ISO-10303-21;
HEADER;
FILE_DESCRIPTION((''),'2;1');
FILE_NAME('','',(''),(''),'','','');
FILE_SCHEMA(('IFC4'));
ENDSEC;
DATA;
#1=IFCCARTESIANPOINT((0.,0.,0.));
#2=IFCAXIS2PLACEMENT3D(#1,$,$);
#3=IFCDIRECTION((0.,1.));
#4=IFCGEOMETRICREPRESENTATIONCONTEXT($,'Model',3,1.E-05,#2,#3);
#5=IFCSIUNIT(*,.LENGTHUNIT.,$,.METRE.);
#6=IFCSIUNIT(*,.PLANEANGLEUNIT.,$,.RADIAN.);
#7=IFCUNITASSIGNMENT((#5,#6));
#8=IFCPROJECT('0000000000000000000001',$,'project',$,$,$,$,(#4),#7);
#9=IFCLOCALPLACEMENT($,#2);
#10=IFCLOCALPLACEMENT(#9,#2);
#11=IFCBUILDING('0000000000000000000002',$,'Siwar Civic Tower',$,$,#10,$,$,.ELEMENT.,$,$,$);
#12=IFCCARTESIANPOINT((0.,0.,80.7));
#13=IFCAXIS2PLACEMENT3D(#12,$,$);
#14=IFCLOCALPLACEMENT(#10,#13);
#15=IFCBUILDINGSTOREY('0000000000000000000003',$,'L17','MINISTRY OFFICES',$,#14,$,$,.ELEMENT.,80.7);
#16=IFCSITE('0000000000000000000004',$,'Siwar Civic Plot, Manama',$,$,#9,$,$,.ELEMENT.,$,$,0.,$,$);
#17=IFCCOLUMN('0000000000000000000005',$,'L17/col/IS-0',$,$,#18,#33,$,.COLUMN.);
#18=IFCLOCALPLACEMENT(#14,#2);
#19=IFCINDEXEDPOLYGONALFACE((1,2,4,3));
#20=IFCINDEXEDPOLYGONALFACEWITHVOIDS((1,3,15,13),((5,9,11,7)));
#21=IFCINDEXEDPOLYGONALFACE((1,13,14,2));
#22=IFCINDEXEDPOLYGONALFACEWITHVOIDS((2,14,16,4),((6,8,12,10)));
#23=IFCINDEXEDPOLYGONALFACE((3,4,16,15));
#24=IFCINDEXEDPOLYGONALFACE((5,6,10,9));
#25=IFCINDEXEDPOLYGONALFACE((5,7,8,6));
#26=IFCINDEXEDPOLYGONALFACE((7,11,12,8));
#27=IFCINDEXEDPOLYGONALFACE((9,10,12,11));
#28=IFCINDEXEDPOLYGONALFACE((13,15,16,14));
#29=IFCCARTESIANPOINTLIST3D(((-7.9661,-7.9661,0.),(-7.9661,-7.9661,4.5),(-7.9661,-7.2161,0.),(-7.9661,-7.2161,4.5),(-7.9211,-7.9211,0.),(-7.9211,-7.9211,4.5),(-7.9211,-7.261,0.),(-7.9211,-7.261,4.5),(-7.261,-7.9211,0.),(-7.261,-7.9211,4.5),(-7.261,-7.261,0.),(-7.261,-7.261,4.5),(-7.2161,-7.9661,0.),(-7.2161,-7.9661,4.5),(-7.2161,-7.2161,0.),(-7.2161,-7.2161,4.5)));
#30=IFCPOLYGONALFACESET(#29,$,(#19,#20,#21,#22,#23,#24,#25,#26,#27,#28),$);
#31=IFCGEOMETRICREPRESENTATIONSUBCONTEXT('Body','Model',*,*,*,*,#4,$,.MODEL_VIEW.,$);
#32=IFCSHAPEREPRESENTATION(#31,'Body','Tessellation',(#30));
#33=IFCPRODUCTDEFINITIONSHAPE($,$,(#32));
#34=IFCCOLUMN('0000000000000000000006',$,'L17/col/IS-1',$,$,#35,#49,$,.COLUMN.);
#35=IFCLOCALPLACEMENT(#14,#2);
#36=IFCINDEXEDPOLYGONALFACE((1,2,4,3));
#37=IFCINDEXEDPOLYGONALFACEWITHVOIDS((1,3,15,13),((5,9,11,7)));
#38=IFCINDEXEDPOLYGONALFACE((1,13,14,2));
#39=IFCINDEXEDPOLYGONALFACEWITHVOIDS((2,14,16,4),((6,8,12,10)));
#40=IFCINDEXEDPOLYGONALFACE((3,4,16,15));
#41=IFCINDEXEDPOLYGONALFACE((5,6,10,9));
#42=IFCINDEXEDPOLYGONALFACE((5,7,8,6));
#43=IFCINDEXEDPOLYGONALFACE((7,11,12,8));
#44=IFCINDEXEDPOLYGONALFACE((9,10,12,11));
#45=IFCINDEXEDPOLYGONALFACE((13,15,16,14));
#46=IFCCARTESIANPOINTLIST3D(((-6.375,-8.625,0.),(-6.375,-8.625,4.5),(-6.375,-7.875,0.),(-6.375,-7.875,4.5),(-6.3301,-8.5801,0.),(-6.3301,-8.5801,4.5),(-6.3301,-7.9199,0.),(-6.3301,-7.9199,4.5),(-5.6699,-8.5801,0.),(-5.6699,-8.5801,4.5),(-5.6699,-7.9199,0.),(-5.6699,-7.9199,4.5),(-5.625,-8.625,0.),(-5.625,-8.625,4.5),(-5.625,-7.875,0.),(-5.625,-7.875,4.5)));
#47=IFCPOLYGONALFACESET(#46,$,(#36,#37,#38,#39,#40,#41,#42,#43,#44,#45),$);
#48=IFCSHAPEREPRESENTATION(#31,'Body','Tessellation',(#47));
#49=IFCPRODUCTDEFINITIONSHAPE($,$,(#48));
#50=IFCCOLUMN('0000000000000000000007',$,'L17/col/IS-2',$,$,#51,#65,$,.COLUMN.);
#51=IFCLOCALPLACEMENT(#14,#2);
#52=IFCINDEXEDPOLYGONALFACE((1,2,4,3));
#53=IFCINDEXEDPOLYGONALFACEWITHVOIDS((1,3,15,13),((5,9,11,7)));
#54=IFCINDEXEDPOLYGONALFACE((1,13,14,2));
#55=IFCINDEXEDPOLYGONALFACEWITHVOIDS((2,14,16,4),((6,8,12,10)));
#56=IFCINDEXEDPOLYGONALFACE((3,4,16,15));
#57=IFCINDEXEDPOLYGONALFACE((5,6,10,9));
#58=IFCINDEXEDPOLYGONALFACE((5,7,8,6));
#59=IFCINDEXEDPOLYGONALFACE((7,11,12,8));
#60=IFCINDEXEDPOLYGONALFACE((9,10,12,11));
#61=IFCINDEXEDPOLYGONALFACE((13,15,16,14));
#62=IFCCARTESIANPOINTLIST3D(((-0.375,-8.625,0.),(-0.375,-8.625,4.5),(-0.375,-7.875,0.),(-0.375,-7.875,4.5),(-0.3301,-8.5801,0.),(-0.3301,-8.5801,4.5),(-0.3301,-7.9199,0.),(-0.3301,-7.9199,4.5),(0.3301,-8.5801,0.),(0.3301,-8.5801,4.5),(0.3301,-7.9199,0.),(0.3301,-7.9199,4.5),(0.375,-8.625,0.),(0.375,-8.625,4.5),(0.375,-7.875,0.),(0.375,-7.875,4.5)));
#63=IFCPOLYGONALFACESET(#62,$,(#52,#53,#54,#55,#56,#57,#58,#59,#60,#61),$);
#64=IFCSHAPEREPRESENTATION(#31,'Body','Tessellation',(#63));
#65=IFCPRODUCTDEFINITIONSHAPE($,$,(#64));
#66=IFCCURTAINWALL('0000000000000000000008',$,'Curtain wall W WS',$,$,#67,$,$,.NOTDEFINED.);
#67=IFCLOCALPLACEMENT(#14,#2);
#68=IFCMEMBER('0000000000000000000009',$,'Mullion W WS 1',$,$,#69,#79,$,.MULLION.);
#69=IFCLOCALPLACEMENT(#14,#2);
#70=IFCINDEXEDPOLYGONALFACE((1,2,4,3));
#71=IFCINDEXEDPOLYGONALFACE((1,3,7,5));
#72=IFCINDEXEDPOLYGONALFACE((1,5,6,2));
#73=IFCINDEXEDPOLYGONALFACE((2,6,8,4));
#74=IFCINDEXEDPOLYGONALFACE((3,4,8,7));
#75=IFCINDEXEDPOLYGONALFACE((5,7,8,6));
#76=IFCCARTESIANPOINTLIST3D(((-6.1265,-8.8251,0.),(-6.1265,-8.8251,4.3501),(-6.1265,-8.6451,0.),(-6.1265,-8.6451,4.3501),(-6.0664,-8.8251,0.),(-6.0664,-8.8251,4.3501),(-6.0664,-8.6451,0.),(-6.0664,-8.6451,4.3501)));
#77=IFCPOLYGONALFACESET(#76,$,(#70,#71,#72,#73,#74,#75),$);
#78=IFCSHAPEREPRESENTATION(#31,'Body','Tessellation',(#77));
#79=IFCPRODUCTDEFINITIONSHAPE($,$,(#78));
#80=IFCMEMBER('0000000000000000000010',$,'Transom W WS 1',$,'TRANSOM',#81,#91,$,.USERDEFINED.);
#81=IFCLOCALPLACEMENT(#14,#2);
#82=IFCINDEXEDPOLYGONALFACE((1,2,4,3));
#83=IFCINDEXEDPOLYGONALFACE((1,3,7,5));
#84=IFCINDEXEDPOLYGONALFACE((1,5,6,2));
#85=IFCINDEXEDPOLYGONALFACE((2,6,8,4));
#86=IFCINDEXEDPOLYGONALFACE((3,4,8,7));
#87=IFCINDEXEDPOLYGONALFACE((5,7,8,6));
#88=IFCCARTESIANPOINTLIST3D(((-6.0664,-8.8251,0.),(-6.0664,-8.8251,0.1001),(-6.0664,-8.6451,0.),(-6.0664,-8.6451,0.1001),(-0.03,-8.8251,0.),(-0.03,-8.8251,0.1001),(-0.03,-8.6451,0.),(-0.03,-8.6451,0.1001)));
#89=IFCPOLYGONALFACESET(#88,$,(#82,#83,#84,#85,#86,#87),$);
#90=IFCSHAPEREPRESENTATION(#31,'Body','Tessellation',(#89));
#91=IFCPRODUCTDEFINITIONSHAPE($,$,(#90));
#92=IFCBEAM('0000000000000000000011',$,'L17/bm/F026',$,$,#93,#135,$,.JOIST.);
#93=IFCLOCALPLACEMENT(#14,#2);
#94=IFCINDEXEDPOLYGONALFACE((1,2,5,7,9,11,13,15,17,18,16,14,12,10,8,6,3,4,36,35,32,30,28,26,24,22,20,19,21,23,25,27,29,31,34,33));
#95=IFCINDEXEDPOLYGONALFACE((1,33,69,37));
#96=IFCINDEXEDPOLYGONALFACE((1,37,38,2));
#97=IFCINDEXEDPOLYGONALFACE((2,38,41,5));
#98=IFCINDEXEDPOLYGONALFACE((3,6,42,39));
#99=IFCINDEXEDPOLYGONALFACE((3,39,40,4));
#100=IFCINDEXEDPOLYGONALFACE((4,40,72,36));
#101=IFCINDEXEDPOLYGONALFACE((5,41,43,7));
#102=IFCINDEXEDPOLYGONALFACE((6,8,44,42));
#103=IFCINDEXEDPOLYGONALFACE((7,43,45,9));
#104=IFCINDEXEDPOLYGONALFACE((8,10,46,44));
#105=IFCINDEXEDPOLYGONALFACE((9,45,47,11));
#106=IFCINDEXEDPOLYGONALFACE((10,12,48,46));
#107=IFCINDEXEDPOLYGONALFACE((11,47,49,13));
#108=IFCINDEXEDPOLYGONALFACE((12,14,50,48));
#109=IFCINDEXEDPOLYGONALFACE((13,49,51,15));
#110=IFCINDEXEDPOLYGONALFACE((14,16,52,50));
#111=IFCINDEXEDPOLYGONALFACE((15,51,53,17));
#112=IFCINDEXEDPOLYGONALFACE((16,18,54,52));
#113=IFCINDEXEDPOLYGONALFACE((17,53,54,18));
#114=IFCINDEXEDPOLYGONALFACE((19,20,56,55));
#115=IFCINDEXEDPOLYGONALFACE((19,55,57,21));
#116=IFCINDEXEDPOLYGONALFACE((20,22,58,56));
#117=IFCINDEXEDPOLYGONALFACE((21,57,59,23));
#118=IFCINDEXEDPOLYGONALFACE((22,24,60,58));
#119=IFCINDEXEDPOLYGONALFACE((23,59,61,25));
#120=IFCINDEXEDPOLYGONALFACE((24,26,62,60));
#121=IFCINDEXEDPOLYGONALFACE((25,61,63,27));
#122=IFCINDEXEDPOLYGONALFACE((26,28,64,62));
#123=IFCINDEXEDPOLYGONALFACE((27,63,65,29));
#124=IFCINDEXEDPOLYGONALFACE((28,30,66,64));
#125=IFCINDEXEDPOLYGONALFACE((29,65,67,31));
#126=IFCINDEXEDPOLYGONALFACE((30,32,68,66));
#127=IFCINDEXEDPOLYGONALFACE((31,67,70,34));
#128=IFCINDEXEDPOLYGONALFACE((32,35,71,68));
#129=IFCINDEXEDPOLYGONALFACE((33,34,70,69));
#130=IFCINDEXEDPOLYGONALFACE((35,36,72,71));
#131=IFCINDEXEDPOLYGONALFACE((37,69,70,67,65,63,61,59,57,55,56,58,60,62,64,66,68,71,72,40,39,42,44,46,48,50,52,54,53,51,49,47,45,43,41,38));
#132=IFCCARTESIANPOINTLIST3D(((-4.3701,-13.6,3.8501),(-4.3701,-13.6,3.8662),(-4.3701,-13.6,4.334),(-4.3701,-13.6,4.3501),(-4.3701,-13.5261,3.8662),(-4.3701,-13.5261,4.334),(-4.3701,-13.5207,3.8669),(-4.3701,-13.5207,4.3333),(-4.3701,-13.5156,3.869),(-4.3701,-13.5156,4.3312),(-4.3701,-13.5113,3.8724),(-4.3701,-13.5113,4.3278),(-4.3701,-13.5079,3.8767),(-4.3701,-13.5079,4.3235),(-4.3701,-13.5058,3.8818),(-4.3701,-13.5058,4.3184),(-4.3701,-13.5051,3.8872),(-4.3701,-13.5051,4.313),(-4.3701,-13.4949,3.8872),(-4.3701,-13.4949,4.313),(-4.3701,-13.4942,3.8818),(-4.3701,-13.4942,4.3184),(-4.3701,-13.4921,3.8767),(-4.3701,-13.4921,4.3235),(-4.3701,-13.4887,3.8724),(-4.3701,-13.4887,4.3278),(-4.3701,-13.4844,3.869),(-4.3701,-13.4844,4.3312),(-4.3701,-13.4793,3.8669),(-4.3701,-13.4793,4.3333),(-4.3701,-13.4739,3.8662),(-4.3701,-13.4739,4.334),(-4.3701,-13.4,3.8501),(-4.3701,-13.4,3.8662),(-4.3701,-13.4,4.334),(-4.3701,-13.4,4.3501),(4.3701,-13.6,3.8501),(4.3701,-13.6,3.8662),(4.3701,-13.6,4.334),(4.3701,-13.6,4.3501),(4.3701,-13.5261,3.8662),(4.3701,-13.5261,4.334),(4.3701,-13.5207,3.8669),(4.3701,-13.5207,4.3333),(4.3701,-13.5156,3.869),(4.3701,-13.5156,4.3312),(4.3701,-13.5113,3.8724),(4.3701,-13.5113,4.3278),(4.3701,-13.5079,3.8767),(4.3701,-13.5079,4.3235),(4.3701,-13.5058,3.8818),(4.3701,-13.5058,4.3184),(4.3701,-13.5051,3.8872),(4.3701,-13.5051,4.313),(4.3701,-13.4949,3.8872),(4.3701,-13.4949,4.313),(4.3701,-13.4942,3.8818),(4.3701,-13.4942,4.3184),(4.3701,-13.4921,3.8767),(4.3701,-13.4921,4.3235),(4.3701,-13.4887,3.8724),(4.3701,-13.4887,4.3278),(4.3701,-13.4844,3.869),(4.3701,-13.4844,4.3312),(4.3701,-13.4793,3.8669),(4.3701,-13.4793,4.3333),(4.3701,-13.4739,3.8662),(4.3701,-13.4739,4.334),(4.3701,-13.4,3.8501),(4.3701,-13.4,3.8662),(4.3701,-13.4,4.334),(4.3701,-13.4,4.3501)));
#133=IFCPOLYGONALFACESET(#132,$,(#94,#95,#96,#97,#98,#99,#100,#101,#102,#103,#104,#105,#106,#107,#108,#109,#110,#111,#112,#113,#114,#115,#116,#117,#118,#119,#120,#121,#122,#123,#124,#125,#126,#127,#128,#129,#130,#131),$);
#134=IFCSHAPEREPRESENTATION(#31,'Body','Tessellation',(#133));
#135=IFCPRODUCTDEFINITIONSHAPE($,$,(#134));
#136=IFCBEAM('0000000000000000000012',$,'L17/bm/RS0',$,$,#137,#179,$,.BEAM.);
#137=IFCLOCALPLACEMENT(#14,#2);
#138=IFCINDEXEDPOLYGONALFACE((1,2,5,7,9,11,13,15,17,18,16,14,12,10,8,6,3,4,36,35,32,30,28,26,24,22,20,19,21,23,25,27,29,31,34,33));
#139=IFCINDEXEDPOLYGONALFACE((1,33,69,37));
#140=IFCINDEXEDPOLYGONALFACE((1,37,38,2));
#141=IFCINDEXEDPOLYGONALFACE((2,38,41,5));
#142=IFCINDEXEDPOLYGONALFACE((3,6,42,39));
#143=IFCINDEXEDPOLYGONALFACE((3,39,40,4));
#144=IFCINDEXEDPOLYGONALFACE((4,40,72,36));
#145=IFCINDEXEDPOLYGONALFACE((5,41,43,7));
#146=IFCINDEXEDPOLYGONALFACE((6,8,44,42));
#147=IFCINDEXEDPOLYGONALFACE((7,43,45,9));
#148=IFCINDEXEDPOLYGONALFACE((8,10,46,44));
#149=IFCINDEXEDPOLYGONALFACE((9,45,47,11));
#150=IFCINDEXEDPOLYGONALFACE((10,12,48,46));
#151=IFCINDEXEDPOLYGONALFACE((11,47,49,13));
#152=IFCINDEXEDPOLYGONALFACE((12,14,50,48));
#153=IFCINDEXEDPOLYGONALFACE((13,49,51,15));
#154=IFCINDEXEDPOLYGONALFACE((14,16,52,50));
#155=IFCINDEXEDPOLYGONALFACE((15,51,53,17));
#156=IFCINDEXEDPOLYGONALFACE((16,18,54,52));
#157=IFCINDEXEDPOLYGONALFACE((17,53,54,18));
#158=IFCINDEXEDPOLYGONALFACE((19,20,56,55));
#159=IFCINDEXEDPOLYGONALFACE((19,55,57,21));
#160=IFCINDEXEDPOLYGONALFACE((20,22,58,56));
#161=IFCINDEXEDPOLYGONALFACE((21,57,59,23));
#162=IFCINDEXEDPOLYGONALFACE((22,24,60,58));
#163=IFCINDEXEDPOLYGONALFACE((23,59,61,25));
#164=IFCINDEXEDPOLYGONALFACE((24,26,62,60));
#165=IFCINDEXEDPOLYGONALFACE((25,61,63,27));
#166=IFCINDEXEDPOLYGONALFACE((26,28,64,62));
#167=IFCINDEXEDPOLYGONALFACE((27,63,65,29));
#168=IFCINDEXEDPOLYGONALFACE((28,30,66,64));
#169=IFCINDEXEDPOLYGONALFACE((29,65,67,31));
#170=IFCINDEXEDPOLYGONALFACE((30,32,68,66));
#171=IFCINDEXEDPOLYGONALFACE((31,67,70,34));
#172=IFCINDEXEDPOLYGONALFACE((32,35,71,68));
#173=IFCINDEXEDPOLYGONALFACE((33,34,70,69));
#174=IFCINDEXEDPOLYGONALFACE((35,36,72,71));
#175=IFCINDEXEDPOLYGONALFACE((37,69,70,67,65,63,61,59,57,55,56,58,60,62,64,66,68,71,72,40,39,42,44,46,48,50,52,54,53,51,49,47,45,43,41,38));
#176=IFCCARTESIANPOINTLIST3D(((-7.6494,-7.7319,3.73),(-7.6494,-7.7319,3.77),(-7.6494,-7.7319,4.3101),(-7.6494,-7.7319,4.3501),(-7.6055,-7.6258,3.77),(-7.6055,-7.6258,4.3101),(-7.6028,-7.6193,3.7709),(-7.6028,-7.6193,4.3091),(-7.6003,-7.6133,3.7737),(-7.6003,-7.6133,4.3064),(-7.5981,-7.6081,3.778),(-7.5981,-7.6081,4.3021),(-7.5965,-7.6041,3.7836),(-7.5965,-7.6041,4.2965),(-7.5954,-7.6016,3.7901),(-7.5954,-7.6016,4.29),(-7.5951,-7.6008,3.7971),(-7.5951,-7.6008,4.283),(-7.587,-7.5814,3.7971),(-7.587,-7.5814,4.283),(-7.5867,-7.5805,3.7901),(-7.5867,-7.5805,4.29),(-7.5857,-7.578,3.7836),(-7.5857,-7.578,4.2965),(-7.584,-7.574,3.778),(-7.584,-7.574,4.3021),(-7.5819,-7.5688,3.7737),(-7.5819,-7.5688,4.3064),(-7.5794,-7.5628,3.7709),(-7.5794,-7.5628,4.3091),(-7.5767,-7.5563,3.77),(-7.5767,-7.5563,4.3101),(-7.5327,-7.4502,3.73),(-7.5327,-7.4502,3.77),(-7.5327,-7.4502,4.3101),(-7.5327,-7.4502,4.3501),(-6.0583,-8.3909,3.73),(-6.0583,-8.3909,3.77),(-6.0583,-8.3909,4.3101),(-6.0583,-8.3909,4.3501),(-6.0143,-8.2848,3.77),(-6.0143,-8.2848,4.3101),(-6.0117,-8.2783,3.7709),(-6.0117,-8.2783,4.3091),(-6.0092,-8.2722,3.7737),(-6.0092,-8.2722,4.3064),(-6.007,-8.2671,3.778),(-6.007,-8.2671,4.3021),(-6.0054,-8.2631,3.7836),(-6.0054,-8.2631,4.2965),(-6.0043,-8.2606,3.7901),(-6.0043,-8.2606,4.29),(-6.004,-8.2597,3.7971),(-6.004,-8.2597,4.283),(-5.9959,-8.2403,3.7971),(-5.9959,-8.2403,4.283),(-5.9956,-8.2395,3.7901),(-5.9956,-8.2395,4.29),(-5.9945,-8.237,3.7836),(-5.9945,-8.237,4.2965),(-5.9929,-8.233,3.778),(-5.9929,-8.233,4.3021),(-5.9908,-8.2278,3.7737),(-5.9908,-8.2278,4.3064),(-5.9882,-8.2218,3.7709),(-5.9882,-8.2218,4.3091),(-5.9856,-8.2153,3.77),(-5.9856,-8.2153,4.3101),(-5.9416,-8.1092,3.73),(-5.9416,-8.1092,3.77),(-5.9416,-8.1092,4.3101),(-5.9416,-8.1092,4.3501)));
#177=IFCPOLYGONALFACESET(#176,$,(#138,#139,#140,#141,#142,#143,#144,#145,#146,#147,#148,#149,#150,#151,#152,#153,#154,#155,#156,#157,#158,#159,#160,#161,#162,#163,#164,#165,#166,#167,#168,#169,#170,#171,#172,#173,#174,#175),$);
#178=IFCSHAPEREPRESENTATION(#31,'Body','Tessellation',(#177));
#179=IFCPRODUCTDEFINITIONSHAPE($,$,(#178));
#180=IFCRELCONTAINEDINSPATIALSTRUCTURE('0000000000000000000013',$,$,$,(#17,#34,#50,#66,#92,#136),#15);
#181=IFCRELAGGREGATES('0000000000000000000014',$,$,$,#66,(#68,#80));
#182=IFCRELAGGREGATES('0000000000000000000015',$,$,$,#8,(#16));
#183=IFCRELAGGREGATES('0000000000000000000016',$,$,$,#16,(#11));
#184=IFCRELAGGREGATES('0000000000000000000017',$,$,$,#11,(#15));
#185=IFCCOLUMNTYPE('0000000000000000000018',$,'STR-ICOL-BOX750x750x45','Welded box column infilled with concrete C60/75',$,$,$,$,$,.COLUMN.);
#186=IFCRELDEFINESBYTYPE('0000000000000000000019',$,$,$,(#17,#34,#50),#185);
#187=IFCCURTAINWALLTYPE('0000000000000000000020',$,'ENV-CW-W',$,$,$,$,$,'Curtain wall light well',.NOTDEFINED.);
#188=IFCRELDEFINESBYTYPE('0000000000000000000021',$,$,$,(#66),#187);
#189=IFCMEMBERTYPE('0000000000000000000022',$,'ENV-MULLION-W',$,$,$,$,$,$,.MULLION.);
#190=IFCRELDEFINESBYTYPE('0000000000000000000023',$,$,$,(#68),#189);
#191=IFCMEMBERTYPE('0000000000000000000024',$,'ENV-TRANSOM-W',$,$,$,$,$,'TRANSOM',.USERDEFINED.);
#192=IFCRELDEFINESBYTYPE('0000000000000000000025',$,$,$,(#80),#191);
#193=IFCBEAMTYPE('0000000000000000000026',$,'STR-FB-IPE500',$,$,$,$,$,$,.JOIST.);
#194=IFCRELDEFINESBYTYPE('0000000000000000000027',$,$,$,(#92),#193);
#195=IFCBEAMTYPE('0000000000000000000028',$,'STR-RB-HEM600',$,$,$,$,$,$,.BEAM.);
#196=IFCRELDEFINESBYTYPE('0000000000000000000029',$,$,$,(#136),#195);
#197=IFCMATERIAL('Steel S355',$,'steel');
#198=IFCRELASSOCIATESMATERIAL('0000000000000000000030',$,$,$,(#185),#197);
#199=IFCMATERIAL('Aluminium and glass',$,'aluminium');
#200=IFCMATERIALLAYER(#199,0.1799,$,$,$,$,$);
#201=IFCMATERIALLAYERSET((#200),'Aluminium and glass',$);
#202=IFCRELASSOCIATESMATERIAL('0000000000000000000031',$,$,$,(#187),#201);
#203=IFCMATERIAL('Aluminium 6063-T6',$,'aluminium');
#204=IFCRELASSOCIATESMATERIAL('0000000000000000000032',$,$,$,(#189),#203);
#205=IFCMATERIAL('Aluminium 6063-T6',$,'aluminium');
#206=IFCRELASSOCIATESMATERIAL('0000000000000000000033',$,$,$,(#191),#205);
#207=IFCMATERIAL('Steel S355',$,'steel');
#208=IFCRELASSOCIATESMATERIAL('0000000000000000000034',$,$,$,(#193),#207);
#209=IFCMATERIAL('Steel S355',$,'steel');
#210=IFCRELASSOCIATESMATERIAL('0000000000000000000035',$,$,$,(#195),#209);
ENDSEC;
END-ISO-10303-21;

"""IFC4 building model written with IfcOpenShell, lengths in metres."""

from ifc_helpers import new_model, si_unit, direction, frame, origin, origin_2d, place, context, subcontext, project, spatial, rectangle, hollow_rectangle, i_section, extrude, material, layer, layer_set, material_profile, profile_set, type_object, element, aggregate, save


model = new_model("IFC4")

# Units and contexts
model_context = context("Model", 3, precision=1e-05, world=origin(), true_north=direction((0.0, 1.0)))
body_context = subcontext(model_context, "Body", "Model", "MODEL_VIEW")
ifc_project = project(units=[si_unit("LENGTHUNIT", "METRE"), si_unit("PLANEANGLEUNIT", "RADIAN")], contexts=[model_context])

# Site, building, storey
site_placement = place(None, origin())
site = spatial("IfcSite", under=ifc_project, at=site_placement, Name="Siwar Civic Plot, Manama", CompositionType="ELEMENT", RefElevation=0.0)
building_placement = place(site_placement, origin())
building = spatial("IfcBuilding", under=site, at=building_placement, Name="Siwar Civic Tower", CompositionType="ELEMENT")
storey_placement = place(building_placement, frame((0.0, 0.0, 80.7)))
storey = spatial("IfcBuildingStorey", under=building, at=storey_placement, Name="L17", Description="MINISTRY OFFICES", CompositionType="ELEMENT", Elevation=80.7)

# Columns
ifc_material_1 = material(Name="Steel S355", Category="steel")
ifc_material_profile_1 = material_profile(ifc_material_1, hollow_rectangle(XDim=0.75, YDim=0.75, WallThickness=0.0449, at=origin_2d()), Name="BOX750x750x45")
ifc_profile_set_1 = profile_set([ifc_material_profile_1], Name="Steel S355")
column_type = type_object("IfcColumnType", Name="STR-ICOL-BOX750x750x45", Description="Welded box column infilled with concrete C60/75", PredefinedType="COLUMN", material=ifc_profile_set_1)
for number, where, z_axis, x_axis, name in (
    (1, (-7.5911, -7.5911, 0.0), (0.0, 0.0, 1.0), (1.0, 0.0, 0.0), "L17/col/IS-0"),
    (2, (-6.0, -8.25, 0.0), (0.0, 0.0, 1.0), (1.0, 0.0, 0.0), "L17/col/IS-1"),
    (3, (0.0, -8.25, 0.0), (0.0, 0.0, 1.0), (1.0, 0.0, 0.0), "L17/col/IS-2"),
):
    element("IfcColumn", number, at=place(storey_placement, frame(where, z_axis=z_axis, x_axis=x_axis)), inside=storey, type_object=column_type, Name=name, PredefinedType="COLUMN", context=body_context, shape_type="SweptSolid", body=[
        extrude(hollow_rectangle(XDim=0.75, YDim=0.75, WallThickness=0.0449, at=origin_2d()), origin(), (0.0, 0.0, 1.0), 4.5),
    ])

# Curtain wall, members
ifc_material_2 = material(Name="Aluminium and glass", Category="aluminium")
ifc_layer_1 = layer(ifc_material_2, 0.1799)
ifc_layer_set_1 = layer_set([ifc_layer_1], Name="Aluminium and glass")
curtain_wall_type = type_object("IfcCurtainWallType", Name="ENV-CW-W", ElementType="Curtain wall light well", PredefinedType="NOTDEFINED", material=ifc_layer_set_1)
curtain_wall_placement = place(storey_placement, origin())
curtain_wall = element("IfcCurtainWall", 4, at=curtain_wall_placement, inside=storey, type_object=curtain_wall_type, Name="Curtain wall W WS", PredefinedType="NOTDEFINED")
ifc_material_3 = material(Name="Aluminium 6063-T6", Category="aluminium")
ifc_material_profile_2 = material_profile(ifc_material_3, rectangle(XDim=0.1799, YDim=0.0601, at=origin_2d()), Name="AL 180x60")
ifc_profile_set_2 = profile_set([ifc_material_profile_2], Name="Aluminium 6063-T6")
member_type_1 = type_object("IfcMemberType", Name="ENV-MULLION-W", PredefinedType="MULLION", material=ifc_profile_set_2)
member_1_placement = place(storey_placement, frame((-6.0964, -8.7351, 0.0), z_axis=(0.0, 0.0, 1.0), x_axis=(0.0, 1.0, 0.0)))
member_1 = element("IfcMember", 5, at=member_1_placement, type_object=member_type_1, Name="Mullion W WS 1", PredefinedType="MULLION", context=body_context, shape_type="SweptSolid", body=[
    extrude(rectangle(XDim=0.1799, YDim=0.0601, at=origin_2d()), origin(), (0.0, 0.0, 1.0), 4.3501),
])
ifc_material_4 = material(Name="Aluminium 6063-T6", Category="aluminium")
ifc_material_profile_3 = material_profile(ifc_material_4, rectangle(XDim=0.1799, YDim=0.1001, at=origin_2d()), Name="AL 180x100")
ifc_profile_set_3 = profile_set([ifc_material_profile_3], Name="Aluminium 6063-T6")
member_type_2 = type_object("IfcMemberType", Name="ENV-TRANSOM-W", ElementType="TRANSOM", PredefinedType="USERDEFINED", material=ifc_profile_set_3)
member_2_placement = place(storey_placement, frame((-6.0664, -8.7351, 0.05), z_axis=(1.0, 0.0, 0.0), x_axis=(0.0, 1.0, 0.0)))
member_2 = element("IfcMember", 6, at=member_2_placement, type_object=member_type_2, Name="Transom W WS 1", ObjectType="TRANSOM", PredefinedType="USERDEFINED", context=body_context, shape_type="SweptSolid", body=[
    extrude(rectangle(XDim=0.1799, YDim=0.1001, at=origin_2d()), origin(), (0.0, 0.0, 1.0), 6.0364),
])

# Beams
ifc_material_5 = material(Name="Steel S355", Category="steel")
ifc_material_profile_4 = material_profile(ifc_material_5, i_section(OverallWidth=0.2, OverallDepth=0.5, WebThickness=0.0103, FlangeThickness=0.0161, FilletRadius=0.021, at=origin_2d()), Name="IPE500")
ifc_profile_set_4 = profile_set([ifc_material_profile_4], Name="Steel S355")
beam_type_1 = type_object("IfcBeamType", Name="STR-FB-IPE500", PredefinedType="JOIST", material=ifc_profile_set_4)
beam_1_placement = place(storey_placement, frame((-4.3701, -13.5, 4.1001), z_axis=(1.0, 0.0, 0.0), x_axis=(0.0, 1.0, 0.0)))
element("IfcBeam", 7, at=beam_1_placement, inside=storey, type_object=beam_type_1, Name="L17/bm/F026", PredefinedType="JOIST", context=body_context, shape_type="SweptSolid", body=[
    extrude(i_section(OverallWidth=0.2, OverallDepth=0.5, WebThickness=0.0103, FlangeThickness=0.0161, FilletRadius=0.021, at=origin_2d()), origin(), (0.0, 0.0, 1.0), 8.7402),
])
ifc_material_6 = material(Name="Steel S355", Category="steel")
ifc_material_profile_5 = material_profile(ifc_material_6, i_section(OverallWidth=0.3049, OverallDepth=0.6201, WebThickness=0.021, FlangeThickness=0.04, FilletRadius=0.0271, at=origin_2d()), Name="HEM600")
ifc_profile_set_5 = profile_set([ifc_material_profile_5], Name="Steel S355")
beam_type_2 = type_object("IfcBeamType", Name="STR-RB-HEM600", PredefinedType="BEAM", material=ifc_profile_set_5)
beam_2_placement = place(storey_placement, frame((-7.5911, -7.5911, 4.04), z_axis=(0.923901, -0.382631, 0.0), x_axis=(0.382631, 0.923901, 0.0)))
element("IfcBeam", 8, at=beam_2_placement, inside=storey, type_object=beam_type_2, Name="L17/bm/RS0", PredefinedType="BEAM", context=body_context, shape_type="SweptSolid", body=[
    extrude(i_section(OverallWidth=0.3049, OverallDepth=0.6201, WebThickness=0.021, FlangeThickness=0.04, FilletRadius=0.0271, at=origin_2d()), origin(), (0.0, 0.0, 1.0), 1.7222),
])

aggregate(curtain_wall, [member_1, member_2])

save(model, "model.ifc")
